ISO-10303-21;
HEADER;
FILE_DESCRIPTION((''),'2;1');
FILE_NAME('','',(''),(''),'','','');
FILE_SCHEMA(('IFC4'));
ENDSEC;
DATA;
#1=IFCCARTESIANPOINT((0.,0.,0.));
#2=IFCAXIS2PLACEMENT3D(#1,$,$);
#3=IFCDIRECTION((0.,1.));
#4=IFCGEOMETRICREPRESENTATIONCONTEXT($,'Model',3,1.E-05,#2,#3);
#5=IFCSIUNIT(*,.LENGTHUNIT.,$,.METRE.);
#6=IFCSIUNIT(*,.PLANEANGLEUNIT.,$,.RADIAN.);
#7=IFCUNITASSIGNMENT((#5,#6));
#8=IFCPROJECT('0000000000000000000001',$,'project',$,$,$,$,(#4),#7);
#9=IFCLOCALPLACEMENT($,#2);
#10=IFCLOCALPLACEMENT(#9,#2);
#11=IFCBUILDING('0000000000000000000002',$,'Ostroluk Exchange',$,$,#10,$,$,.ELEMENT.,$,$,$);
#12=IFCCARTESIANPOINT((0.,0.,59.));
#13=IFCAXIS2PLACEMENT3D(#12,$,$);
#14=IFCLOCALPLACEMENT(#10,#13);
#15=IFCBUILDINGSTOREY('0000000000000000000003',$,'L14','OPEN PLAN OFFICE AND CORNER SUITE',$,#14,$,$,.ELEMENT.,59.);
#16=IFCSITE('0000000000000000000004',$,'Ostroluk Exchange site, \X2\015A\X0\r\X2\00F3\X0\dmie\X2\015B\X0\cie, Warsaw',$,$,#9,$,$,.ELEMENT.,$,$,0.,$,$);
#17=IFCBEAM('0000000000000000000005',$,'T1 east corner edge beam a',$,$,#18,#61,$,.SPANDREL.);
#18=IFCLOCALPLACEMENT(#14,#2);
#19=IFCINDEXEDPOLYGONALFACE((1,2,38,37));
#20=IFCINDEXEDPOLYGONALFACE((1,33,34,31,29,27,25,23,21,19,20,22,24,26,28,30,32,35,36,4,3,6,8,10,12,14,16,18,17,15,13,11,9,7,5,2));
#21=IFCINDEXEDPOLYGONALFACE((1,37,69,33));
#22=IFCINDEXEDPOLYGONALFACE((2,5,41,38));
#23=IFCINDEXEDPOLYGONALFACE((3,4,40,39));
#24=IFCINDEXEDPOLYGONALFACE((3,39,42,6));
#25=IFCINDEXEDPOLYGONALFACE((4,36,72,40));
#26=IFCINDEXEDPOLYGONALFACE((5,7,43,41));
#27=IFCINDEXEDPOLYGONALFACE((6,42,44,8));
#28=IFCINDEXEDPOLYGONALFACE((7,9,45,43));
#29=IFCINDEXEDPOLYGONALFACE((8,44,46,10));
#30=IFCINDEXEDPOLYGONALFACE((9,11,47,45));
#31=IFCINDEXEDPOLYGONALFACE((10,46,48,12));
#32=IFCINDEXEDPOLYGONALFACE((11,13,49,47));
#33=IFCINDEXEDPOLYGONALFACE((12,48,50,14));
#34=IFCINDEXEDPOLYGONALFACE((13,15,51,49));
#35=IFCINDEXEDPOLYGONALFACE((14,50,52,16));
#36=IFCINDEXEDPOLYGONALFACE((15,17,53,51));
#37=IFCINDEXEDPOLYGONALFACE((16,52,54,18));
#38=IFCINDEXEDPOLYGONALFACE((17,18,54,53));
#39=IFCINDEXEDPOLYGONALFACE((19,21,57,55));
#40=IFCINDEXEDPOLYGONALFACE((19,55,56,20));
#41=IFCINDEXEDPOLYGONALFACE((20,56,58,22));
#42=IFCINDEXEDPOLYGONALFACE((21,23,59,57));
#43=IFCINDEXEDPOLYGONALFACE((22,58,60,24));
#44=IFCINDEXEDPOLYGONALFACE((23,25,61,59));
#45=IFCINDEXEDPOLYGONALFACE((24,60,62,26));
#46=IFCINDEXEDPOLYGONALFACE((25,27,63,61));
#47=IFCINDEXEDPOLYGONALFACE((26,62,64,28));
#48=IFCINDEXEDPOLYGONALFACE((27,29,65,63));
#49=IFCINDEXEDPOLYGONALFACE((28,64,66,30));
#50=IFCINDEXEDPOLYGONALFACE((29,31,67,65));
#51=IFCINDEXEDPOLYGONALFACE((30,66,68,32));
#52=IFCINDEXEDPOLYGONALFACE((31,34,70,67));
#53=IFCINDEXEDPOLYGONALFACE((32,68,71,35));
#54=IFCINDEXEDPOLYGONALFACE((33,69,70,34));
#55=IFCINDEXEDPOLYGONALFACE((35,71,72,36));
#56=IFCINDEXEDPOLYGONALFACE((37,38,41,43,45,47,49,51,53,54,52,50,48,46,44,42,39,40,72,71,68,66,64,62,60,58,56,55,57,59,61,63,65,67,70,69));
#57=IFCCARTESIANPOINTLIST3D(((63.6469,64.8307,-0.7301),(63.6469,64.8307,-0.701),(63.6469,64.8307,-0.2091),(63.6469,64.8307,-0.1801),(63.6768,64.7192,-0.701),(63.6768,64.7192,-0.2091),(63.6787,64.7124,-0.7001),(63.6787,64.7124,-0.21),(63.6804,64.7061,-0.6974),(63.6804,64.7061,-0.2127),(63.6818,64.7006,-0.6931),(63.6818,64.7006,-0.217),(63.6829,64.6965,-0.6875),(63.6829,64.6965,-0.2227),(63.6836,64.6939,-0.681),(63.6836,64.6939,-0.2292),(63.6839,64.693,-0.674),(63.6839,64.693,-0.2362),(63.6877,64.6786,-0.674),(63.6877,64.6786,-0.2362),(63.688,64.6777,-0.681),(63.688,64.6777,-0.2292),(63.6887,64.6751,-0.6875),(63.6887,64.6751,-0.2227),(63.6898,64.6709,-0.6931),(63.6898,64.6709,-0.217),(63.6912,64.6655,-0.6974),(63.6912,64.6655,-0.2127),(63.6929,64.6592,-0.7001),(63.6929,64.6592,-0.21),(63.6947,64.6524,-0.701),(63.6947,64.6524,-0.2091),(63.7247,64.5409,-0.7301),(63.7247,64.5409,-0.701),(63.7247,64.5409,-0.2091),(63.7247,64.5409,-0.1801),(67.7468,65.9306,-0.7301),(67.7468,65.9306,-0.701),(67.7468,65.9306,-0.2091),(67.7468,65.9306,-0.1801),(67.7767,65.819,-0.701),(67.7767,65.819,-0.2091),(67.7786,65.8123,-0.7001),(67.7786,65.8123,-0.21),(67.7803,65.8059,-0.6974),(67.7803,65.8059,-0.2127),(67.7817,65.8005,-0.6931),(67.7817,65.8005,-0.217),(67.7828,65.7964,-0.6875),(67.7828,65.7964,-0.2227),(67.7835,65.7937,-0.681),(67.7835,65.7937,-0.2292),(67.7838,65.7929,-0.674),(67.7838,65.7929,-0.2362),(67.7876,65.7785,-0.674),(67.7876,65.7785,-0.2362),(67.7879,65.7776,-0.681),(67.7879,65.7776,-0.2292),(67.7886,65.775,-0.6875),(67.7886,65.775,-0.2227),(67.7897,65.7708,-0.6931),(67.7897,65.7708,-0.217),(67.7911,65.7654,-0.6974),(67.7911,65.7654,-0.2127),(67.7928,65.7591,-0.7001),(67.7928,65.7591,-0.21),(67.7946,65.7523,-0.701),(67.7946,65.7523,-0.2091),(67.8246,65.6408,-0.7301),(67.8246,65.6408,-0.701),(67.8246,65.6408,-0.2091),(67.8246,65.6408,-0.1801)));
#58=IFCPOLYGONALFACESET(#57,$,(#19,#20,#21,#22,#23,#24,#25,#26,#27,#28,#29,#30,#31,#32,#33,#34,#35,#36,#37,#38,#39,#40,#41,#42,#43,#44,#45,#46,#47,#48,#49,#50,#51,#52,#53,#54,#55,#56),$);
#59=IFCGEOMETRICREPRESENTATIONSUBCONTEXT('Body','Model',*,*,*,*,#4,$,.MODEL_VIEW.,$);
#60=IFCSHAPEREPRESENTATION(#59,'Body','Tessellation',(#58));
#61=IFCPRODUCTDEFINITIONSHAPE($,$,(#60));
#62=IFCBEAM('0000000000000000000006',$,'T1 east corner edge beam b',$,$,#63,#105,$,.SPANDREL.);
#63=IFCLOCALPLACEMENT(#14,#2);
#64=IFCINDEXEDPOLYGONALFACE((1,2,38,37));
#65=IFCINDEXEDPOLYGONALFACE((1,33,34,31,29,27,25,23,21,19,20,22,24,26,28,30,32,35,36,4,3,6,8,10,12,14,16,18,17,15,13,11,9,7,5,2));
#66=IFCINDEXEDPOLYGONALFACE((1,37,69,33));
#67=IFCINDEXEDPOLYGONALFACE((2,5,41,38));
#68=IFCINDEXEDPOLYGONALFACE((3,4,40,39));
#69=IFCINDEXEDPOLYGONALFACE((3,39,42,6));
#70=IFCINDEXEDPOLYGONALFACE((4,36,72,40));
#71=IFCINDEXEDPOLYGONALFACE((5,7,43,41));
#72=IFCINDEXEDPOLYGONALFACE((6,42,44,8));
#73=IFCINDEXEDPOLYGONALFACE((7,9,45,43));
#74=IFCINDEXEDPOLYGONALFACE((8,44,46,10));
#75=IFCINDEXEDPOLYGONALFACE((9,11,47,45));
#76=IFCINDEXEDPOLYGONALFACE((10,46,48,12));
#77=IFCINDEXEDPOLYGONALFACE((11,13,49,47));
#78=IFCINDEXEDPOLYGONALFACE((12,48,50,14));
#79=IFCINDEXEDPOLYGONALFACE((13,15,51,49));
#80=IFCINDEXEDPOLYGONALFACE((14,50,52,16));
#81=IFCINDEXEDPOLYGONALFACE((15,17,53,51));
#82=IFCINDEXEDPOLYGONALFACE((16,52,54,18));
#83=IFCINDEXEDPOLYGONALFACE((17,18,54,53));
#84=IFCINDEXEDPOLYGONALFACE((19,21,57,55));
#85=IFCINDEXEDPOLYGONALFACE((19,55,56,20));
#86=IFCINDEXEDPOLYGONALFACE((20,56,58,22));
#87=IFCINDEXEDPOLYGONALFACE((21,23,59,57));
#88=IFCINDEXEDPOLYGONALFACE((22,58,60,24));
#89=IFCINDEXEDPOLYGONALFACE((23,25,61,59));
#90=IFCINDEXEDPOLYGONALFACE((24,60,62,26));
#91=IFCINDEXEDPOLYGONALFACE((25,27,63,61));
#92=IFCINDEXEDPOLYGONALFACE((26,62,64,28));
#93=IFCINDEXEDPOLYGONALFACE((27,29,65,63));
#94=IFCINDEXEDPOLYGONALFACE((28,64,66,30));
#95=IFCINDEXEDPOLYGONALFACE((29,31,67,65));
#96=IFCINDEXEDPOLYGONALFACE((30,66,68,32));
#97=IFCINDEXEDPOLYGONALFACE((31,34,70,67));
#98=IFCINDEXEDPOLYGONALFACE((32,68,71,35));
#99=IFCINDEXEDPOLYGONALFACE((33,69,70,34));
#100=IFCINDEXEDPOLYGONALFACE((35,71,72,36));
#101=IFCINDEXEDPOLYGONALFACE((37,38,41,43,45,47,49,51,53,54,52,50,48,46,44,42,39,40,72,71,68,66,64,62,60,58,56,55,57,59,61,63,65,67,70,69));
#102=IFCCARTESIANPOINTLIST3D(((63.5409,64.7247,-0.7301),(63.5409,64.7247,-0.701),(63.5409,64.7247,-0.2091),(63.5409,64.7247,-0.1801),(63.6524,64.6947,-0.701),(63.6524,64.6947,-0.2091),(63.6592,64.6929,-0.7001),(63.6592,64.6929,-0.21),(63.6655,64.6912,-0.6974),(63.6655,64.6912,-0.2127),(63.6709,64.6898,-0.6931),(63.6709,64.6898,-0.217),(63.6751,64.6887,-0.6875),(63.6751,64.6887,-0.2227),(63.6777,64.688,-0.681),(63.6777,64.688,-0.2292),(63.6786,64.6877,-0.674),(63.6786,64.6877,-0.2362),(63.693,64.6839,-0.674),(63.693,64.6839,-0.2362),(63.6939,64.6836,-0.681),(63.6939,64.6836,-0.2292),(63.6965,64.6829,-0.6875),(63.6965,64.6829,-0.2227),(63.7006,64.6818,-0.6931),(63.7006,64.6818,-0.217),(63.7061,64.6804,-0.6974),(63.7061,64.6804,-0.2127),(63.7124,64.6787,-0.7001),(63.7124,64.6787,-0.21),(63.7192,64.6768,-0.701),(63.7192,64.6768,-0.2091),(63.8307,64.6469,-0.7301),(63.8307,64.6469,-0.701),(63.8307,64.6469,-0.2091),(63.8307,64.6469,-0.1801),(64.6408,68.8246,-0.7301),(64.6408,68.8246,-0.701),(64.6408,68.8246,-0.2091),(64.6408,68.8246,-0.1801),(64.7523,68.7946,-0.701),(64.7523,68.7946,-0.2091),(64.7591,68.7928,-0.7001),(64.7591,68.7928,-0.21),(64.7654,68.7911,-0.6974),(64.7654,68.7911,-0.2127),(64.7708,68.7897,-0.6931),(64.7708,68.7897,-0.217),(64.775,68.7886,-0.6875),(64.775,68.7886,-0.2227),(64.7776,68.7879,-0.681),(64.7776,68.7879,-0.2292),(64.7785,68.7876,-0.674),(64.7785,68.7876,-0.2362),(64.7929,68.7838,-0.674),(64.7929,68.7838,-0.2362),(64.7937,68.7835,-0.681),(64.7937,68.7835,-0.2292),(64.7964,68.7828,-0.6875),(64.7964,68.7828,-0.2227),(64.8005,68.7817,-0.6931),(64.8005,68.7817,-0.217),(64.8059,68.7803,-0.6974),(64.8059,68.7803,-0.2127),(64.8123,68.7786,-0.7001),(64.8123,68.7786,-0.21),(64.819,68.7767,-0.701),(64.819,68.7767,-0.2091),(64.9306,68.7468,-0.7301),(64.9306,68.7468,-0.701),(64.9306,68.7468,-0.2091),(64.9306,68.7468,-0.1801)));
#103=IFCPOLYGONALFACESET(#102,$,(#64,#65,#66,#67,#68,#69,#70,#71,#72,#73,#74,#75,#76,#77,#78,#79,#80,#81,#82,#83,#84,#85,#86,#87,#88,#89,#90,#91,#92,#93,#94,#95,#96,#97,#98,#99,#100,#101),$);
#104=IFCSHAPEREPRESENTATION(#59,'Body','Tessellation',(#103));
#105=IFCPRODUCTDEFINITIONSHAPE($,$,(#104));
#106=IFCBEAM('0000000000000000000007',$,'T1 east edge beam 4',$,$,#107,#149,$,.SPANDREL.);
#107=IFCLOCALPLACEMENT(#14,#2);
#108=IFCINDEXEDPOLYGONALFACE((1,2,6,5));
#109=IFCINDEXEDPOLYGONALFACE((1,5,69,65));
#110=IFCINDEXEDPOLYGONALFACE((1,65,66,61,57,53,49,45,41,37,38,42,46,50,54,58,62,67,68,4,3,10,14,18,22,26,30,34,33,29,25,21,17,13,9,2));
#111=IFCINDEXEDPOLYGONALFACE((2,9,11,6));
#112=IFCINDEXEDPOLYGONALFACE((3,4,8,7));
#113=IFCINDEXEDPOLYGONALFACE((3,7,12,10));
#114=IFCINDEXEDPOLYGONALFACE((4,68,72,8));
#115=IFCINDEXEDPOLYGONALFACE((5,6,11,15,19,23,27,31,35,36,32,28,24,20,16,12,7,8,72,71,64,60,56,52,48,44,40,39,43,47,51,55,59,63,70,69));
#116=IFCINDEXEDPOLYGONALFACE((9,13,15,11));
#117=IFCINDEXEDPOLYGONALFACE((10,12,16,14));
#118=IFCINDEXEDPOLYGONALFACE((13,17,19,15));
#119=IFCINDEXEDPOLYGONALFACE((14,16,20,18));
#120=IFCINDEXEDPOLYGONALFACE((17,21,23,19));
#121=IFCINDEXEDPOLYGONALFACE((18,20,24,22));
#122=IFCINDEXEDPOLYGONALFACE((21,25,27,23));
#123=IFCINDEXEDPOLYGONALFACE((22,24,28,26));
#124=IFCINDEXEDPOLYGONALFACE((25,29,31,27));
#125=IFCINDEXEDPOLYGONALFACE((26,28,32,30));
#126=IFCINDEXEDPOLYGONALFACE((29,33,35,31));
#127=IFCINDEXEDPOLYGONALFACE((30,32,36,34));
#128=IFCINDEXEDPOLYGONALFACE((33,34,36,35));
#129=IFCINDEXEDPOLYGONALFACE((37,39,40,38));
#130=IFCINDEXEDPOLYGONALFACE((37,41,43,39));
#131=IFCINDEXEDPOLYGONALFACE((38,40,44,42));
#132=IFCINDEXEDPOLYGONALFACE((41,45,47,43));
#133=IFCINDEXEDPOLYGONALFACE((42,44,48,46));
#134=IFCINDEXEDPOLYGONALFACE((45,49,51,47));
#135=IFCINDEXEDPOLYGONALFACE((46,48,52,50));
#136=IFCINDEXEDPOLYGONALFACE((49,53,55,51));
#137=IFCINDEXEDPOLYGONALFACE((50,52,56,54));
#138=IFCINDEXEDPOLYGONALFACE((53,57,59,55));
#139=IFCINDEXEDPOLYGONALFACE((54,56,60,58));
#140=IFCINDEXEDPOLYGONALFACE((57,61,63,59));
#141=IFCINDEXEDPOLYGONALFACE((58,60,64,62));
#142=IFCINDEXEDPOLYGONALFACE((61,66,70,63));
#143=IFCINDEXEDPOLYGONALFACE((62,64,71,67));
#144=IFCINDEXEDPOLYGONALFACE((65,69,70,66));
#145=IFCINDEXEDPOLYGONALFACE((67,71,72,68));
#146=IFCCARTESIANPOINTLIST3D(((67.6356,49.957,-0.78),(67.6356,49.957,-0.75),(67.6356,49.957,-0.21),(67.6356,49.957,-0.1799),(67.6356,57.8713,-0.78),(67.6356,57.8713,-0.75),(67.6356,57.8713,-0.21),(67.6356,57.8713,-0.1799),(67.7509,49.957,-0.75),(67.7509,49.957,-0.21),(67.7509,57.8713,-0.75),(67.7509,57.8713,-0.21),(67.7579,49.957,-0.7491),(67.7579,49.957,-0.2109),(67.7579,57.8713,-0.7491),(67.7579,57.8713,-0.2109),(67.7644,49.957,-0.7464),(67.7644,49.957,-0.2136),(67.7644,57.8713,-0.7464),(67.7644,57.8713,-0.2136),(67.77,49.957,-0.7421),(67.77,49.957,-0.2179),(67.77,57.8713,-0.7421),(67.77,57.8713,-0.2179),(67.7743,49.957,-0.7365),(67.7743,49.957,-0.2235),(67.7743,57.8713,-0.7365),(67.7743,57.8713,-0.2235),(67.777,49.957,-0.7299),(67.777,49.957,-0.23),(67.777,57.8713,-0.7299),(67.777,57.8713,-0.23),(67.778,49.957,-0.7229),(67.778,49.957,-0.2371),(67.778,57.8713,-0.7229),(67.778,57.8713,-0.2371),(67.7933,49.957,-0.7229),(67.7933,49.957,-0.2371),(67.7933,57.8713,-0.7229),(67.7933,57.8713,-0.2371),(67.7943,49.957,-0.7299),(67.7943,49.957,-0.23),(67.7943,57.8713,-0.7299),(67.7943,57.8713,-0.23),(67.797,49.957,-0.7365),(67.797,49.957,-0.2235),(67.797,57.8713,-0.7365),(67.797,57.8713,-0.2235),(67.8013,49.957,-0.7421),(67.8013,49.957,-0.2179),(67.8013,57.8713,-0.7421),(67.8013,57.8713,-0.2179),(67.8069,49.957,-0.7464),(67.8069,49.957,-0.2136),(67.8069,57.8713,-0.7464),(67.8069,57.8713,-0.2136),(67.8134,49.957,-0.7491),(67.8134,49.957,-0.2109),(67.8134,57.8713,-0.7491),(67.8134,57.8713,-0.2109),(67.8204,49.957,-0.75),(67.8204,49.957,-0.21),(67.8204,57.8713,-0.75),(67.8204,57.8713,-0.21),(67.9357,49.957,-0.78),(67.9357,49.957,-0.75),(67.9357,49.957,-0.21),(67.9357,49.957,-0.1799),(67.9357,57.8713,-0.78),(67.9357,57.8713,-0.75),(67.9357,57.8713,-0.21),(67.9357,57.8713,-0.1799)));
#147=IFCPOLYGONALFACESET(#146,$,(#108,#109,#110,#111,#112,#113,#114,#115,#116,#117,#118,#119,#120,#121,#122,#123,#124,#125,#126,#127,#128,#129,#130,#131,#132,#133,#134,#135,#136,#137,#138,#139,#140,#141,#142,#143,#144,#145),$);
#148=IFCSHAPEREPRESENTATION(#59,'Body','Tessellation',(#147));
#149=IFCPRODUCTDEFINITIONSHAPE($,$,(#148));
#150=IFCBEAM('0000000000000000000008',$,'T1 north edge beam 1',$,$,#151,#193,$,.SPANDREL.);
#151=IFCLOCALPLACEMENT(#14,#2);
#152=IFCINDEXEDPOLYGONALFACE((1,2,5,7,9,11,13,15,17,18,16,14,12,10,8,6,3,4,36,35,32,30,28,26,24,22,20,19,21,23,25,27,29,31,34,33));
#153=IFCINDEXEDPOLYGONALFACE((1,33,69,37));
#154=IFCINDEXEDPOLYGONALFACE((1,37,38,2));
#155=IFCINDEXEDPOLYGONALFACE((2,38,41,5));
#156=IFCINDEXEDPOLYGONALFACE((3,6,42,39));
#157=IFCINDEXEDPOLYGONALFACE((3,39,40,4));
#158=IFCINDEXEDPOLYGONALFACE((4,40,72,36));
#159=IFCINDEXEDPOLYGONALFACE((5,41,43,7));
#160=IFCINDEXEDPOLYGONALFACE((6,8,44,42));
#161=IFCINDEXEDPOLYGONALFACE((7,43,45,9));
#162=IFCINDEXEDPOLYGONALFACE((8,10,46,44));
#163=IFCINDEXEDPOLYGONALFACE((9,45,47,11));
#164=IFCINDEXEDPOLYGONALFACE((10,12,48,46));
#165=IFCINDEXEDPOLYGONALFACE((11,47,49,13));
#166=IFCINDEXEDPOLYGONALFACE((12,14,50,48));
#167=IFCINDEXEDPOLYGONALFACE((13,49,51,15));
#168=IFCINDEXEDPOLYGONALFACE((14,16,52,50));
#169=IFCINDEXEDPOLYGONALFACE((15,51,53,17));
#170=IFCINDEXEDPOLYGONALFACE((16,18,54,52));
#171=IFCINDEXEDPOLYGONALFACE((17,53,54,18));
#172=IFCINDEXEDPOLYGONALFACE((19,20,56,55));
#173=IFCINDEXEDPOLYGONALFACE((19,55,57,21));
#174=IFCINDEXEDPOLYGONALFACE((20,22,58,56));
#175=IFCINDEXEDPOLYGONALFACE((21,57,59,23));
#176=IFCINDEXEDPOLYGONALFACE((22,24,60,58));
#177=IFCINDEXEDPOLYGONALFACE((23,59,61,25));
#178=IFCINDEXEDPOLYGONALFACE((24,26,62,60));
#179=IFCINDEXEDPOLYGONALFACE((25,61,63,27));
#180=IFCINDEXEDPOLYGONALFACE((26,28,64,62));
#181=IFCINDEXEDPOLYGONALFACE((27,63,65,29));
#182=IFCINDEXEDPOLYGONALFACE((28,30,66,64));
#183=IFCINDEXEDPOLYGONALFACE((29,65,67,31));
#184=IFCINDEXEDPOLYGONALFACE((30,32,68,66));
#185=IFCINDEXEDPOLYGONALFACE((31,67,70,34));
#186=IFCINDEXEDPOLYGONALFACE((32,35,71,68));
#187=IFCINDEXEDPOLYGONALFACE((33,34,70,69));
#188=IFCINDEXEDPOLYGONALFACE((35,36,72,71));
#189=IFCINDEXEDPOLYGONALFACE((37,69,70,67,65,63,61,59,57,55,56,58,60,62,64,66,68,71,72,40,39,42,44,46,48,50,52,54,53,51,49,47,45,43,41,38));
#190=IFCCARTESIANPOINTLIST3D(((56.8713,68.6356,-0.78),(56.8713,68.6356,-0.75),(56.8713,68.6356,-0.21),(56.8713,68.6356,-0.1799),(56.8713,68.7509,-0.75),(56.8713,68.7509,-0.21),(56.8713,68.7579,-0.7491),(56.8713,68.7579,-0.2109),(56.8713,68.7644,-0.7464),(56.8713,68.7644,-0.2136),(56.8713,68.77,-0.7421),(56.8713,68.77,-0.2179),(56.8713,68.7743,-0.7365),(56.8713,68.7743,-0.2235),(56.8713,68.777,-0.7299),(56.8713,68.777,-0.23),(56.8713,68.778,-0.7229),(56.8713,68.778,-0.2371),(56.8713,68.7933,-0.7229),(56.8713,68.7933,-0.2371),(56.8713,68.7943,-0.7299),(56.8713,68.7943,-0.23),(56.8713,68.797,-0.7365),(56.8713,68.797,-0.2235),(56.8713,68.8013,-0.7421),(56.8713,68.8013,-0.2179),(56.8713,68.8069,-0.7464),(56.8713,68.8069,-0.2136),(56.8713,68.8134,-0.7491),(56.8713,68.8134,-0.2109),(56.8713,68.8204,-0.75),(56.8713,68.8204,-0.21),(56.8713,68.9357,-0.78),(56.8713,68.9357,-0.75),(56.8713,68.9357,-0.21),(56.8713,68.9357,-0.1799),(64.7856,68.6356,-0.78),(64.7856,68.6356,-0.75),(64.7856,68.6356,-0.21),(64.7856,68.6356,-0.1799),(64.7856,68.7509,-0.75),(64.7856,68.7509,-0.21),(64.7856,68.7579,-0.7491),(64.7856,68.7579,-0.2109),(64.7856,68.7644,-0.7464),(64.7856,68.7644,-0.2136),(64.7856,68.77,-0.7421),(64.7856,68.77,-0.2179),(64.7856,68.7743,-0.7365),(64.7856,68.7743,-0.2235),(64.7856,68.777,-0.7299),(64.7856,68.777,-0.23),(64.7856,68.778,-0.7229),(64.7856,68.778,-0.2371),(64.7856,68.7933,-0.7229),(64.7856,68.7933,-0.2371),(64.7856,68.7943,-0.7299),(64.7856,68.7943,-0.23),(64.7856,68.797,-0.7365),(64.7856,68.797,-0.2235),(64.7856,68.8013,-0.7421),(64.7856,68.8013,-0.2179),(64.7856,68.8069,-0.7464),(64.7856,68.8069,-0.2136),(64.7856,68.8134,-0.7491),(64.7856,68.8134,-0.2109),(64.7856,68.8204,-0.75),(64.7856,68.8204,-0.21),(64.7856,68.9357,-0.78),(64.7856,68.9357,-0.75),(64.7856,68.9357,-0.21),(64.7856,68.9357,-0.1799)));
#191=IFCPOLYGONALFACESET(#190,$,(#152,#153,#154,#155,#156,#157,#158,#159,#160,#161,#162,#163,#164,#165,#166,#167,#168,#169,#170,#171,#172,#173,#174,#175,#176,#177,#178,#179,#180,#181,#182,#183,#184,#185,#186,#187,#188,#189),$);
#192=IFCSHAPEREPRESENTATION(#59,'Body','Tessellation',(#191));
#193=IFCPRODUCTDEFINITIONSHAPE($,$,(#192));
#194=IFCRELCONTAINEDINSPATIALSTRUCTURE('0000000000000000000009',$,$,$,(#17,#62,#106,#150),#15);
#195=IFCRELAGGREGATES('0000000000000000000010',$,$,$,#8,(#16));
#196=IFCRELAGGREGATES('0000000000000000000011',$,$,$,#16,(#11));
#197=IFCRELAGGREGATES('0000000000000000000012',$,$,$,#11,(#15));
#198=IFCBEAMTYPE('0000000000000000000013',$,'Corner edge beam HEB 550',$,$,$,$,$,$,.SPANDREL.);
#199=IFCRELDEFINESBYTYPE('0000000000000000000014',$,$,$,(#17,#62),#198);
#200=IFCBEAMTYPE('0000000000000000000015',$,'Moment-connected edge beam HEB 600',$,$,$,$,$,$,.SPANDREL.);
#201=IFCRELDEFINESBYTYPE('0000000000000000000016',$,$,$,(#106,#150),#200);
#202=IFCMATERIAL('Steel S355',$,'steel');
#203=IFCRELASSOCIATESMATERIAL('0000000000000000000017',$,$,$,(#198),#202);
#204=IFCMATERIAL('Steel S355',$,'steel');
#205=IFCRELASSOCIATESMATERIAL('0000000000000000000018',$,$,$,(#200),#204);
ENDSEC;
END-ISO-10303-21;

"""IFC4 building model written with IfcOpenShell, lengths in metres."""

from ifc_helpers import new_model, si_unit, direction, frame, origin, origin_2d, place, context, subcontext, project, spatial, i_section, extrude, material, material_profile, profile_set, type_object, element, save


model = new_model("IFC4")

# Units and contexts
model_context = context("Model", 3, precision=1e-05, world=origin(), true_north=direction((0.0, 1.0)))
body_context = subcontext(model_context, "Body", "Model", "MODEL_VIEW")
ifc_project = project(units=[si_unit("LENGTHUNIT", "METRE"), si_unit("PLANEANGLEUNIT", "RADIAN")], contexts=[model_context])

# Site, building, storey
site_placement = place(None, origin())
site = spatial("IfcSite", under=ifc_project, at=site_placement, Name="Ostroluk Exchange site, Śródmieście, Warsaw", CompositionType="ELEMENT", RefElevation=0.0)
building_placement = place(site_placement, origin())
building = spatial("IfcBuilding", under=site, at=building_placement, Name="Ostroluk Exchange", CompositionType="ELEMENT")
storey_placement = place(building_placement, frame((0.0, 0.0, 59.0)))
storey = spatial("IfcBuildingStorey", under=building, at=storey_placement, Name="L14", Description="OPEN PLAN OFFICE AND CORNER SUITE", CompositionType="ELEMENT", Elevation=59.0)

# Beams
ifc_material_1 = material(Name="Steel S355", Category="steel")
ifc_material_profile_1 = material_profile(ifc_material_1, i_section(OverallWidth=0.3, OverallDepth=0.55, WebThickness=0.0149, FlangeThickness=0.0291, FilletRadius=0.0271, at=origin_2d()), Name="HEB 550")
ifc_profile_set_1 = profile_set([ifc_material_profile_1], Name="Steel S355")
beam_type_1 = type_object("IfcBeamType", Name="Corner edge beam HEB 550", PredefinedType="SPANDREL", material=ifc_profile_set_1)
for number, where, z_axis, x_axis, name in (
    (1, (63.6858, 64.6858, -0.4551), (0.965849, 0.259105, 0.0), (-0.259105, 0.965849, 0.0), "T1 east corner edge beam a"),
    (2, (63.6858, 64.6858, -0.4551), (0.259105, 0.965849, 0.0), (-0.965849, 0.259105, 0.0), "T1 east corner edge beam b"),
):
    element("IfcBeam", number, at=place(storey_placement, frame(where, z_axis=z_axis, x_axis=x_axis)), inside=storey, type_object=beam_type_1, Name=name, PredefinedType="SPANDREL", context=body_context, shape_type="SweptSolid", body=[
        extrude(i_section(OverallWidth=0.3, OverallDepth=0.55, WebThickness=0.0149, FlangeThickness=0.0291, FilletRadius=0.0271, at=origin_2d()), origin(), (0.0, 0.0, 1.0), 4.2449),
    ])
ifc_material_2 = material(Name="Steel S355", Category="steel")
ifc_material_profile_2 = material_profile(ifc_material_2, i_section(OverallWidth=0.3, OverallDepth=0.6001, WebThickness=0.0154, FlangeThickness=0.03, FilletRadius=0.0271, at=origin_2d()), Name="HEB 600")
ifc_profile_set_2 = profile_set([ifc_material_profile_2], Name="Steel S355")
beam_type_2 = type_object("IfcBeamType", Name="Moment-connected edge beam HEB 600", PredefinedType="SPANDREL", material=ifc_profile_set_2)
for number, where, z_axis, x_axis, name in (
    (3, (67.7856, 49.957, -0.48), (0.0, 1.0, 0.0), (-1.0, 0.0, 0.0), "T1 east edge beam 4"),
    (4, (64.7856, 68.7856, -0.48), (-1.0, 0.0, 0.0), (0.0, -1.0, 0.0), "T1 north edge beam 1"),
):
    element("IfcBeam", number, at=place(storey_placement, frame(where, z_axis=z_axis, x_axis=x_axis)), inside=storey, type_object=beam_type_2, Name=name, PredefinedType="SPANDREL", context=body_context, shape_type="SweptSolid", body=[
        extrude(i_section(OverallWidth=0.3, OverallDepth=0.6001, WebThickness=0.0154, FlangeThickness=0.03, FilletRadius=0.0271, at=origin_2d()), origin(), (0.0, 0.0, 1.0), 7.9143),
    ])

save(model, "model.ifc")
